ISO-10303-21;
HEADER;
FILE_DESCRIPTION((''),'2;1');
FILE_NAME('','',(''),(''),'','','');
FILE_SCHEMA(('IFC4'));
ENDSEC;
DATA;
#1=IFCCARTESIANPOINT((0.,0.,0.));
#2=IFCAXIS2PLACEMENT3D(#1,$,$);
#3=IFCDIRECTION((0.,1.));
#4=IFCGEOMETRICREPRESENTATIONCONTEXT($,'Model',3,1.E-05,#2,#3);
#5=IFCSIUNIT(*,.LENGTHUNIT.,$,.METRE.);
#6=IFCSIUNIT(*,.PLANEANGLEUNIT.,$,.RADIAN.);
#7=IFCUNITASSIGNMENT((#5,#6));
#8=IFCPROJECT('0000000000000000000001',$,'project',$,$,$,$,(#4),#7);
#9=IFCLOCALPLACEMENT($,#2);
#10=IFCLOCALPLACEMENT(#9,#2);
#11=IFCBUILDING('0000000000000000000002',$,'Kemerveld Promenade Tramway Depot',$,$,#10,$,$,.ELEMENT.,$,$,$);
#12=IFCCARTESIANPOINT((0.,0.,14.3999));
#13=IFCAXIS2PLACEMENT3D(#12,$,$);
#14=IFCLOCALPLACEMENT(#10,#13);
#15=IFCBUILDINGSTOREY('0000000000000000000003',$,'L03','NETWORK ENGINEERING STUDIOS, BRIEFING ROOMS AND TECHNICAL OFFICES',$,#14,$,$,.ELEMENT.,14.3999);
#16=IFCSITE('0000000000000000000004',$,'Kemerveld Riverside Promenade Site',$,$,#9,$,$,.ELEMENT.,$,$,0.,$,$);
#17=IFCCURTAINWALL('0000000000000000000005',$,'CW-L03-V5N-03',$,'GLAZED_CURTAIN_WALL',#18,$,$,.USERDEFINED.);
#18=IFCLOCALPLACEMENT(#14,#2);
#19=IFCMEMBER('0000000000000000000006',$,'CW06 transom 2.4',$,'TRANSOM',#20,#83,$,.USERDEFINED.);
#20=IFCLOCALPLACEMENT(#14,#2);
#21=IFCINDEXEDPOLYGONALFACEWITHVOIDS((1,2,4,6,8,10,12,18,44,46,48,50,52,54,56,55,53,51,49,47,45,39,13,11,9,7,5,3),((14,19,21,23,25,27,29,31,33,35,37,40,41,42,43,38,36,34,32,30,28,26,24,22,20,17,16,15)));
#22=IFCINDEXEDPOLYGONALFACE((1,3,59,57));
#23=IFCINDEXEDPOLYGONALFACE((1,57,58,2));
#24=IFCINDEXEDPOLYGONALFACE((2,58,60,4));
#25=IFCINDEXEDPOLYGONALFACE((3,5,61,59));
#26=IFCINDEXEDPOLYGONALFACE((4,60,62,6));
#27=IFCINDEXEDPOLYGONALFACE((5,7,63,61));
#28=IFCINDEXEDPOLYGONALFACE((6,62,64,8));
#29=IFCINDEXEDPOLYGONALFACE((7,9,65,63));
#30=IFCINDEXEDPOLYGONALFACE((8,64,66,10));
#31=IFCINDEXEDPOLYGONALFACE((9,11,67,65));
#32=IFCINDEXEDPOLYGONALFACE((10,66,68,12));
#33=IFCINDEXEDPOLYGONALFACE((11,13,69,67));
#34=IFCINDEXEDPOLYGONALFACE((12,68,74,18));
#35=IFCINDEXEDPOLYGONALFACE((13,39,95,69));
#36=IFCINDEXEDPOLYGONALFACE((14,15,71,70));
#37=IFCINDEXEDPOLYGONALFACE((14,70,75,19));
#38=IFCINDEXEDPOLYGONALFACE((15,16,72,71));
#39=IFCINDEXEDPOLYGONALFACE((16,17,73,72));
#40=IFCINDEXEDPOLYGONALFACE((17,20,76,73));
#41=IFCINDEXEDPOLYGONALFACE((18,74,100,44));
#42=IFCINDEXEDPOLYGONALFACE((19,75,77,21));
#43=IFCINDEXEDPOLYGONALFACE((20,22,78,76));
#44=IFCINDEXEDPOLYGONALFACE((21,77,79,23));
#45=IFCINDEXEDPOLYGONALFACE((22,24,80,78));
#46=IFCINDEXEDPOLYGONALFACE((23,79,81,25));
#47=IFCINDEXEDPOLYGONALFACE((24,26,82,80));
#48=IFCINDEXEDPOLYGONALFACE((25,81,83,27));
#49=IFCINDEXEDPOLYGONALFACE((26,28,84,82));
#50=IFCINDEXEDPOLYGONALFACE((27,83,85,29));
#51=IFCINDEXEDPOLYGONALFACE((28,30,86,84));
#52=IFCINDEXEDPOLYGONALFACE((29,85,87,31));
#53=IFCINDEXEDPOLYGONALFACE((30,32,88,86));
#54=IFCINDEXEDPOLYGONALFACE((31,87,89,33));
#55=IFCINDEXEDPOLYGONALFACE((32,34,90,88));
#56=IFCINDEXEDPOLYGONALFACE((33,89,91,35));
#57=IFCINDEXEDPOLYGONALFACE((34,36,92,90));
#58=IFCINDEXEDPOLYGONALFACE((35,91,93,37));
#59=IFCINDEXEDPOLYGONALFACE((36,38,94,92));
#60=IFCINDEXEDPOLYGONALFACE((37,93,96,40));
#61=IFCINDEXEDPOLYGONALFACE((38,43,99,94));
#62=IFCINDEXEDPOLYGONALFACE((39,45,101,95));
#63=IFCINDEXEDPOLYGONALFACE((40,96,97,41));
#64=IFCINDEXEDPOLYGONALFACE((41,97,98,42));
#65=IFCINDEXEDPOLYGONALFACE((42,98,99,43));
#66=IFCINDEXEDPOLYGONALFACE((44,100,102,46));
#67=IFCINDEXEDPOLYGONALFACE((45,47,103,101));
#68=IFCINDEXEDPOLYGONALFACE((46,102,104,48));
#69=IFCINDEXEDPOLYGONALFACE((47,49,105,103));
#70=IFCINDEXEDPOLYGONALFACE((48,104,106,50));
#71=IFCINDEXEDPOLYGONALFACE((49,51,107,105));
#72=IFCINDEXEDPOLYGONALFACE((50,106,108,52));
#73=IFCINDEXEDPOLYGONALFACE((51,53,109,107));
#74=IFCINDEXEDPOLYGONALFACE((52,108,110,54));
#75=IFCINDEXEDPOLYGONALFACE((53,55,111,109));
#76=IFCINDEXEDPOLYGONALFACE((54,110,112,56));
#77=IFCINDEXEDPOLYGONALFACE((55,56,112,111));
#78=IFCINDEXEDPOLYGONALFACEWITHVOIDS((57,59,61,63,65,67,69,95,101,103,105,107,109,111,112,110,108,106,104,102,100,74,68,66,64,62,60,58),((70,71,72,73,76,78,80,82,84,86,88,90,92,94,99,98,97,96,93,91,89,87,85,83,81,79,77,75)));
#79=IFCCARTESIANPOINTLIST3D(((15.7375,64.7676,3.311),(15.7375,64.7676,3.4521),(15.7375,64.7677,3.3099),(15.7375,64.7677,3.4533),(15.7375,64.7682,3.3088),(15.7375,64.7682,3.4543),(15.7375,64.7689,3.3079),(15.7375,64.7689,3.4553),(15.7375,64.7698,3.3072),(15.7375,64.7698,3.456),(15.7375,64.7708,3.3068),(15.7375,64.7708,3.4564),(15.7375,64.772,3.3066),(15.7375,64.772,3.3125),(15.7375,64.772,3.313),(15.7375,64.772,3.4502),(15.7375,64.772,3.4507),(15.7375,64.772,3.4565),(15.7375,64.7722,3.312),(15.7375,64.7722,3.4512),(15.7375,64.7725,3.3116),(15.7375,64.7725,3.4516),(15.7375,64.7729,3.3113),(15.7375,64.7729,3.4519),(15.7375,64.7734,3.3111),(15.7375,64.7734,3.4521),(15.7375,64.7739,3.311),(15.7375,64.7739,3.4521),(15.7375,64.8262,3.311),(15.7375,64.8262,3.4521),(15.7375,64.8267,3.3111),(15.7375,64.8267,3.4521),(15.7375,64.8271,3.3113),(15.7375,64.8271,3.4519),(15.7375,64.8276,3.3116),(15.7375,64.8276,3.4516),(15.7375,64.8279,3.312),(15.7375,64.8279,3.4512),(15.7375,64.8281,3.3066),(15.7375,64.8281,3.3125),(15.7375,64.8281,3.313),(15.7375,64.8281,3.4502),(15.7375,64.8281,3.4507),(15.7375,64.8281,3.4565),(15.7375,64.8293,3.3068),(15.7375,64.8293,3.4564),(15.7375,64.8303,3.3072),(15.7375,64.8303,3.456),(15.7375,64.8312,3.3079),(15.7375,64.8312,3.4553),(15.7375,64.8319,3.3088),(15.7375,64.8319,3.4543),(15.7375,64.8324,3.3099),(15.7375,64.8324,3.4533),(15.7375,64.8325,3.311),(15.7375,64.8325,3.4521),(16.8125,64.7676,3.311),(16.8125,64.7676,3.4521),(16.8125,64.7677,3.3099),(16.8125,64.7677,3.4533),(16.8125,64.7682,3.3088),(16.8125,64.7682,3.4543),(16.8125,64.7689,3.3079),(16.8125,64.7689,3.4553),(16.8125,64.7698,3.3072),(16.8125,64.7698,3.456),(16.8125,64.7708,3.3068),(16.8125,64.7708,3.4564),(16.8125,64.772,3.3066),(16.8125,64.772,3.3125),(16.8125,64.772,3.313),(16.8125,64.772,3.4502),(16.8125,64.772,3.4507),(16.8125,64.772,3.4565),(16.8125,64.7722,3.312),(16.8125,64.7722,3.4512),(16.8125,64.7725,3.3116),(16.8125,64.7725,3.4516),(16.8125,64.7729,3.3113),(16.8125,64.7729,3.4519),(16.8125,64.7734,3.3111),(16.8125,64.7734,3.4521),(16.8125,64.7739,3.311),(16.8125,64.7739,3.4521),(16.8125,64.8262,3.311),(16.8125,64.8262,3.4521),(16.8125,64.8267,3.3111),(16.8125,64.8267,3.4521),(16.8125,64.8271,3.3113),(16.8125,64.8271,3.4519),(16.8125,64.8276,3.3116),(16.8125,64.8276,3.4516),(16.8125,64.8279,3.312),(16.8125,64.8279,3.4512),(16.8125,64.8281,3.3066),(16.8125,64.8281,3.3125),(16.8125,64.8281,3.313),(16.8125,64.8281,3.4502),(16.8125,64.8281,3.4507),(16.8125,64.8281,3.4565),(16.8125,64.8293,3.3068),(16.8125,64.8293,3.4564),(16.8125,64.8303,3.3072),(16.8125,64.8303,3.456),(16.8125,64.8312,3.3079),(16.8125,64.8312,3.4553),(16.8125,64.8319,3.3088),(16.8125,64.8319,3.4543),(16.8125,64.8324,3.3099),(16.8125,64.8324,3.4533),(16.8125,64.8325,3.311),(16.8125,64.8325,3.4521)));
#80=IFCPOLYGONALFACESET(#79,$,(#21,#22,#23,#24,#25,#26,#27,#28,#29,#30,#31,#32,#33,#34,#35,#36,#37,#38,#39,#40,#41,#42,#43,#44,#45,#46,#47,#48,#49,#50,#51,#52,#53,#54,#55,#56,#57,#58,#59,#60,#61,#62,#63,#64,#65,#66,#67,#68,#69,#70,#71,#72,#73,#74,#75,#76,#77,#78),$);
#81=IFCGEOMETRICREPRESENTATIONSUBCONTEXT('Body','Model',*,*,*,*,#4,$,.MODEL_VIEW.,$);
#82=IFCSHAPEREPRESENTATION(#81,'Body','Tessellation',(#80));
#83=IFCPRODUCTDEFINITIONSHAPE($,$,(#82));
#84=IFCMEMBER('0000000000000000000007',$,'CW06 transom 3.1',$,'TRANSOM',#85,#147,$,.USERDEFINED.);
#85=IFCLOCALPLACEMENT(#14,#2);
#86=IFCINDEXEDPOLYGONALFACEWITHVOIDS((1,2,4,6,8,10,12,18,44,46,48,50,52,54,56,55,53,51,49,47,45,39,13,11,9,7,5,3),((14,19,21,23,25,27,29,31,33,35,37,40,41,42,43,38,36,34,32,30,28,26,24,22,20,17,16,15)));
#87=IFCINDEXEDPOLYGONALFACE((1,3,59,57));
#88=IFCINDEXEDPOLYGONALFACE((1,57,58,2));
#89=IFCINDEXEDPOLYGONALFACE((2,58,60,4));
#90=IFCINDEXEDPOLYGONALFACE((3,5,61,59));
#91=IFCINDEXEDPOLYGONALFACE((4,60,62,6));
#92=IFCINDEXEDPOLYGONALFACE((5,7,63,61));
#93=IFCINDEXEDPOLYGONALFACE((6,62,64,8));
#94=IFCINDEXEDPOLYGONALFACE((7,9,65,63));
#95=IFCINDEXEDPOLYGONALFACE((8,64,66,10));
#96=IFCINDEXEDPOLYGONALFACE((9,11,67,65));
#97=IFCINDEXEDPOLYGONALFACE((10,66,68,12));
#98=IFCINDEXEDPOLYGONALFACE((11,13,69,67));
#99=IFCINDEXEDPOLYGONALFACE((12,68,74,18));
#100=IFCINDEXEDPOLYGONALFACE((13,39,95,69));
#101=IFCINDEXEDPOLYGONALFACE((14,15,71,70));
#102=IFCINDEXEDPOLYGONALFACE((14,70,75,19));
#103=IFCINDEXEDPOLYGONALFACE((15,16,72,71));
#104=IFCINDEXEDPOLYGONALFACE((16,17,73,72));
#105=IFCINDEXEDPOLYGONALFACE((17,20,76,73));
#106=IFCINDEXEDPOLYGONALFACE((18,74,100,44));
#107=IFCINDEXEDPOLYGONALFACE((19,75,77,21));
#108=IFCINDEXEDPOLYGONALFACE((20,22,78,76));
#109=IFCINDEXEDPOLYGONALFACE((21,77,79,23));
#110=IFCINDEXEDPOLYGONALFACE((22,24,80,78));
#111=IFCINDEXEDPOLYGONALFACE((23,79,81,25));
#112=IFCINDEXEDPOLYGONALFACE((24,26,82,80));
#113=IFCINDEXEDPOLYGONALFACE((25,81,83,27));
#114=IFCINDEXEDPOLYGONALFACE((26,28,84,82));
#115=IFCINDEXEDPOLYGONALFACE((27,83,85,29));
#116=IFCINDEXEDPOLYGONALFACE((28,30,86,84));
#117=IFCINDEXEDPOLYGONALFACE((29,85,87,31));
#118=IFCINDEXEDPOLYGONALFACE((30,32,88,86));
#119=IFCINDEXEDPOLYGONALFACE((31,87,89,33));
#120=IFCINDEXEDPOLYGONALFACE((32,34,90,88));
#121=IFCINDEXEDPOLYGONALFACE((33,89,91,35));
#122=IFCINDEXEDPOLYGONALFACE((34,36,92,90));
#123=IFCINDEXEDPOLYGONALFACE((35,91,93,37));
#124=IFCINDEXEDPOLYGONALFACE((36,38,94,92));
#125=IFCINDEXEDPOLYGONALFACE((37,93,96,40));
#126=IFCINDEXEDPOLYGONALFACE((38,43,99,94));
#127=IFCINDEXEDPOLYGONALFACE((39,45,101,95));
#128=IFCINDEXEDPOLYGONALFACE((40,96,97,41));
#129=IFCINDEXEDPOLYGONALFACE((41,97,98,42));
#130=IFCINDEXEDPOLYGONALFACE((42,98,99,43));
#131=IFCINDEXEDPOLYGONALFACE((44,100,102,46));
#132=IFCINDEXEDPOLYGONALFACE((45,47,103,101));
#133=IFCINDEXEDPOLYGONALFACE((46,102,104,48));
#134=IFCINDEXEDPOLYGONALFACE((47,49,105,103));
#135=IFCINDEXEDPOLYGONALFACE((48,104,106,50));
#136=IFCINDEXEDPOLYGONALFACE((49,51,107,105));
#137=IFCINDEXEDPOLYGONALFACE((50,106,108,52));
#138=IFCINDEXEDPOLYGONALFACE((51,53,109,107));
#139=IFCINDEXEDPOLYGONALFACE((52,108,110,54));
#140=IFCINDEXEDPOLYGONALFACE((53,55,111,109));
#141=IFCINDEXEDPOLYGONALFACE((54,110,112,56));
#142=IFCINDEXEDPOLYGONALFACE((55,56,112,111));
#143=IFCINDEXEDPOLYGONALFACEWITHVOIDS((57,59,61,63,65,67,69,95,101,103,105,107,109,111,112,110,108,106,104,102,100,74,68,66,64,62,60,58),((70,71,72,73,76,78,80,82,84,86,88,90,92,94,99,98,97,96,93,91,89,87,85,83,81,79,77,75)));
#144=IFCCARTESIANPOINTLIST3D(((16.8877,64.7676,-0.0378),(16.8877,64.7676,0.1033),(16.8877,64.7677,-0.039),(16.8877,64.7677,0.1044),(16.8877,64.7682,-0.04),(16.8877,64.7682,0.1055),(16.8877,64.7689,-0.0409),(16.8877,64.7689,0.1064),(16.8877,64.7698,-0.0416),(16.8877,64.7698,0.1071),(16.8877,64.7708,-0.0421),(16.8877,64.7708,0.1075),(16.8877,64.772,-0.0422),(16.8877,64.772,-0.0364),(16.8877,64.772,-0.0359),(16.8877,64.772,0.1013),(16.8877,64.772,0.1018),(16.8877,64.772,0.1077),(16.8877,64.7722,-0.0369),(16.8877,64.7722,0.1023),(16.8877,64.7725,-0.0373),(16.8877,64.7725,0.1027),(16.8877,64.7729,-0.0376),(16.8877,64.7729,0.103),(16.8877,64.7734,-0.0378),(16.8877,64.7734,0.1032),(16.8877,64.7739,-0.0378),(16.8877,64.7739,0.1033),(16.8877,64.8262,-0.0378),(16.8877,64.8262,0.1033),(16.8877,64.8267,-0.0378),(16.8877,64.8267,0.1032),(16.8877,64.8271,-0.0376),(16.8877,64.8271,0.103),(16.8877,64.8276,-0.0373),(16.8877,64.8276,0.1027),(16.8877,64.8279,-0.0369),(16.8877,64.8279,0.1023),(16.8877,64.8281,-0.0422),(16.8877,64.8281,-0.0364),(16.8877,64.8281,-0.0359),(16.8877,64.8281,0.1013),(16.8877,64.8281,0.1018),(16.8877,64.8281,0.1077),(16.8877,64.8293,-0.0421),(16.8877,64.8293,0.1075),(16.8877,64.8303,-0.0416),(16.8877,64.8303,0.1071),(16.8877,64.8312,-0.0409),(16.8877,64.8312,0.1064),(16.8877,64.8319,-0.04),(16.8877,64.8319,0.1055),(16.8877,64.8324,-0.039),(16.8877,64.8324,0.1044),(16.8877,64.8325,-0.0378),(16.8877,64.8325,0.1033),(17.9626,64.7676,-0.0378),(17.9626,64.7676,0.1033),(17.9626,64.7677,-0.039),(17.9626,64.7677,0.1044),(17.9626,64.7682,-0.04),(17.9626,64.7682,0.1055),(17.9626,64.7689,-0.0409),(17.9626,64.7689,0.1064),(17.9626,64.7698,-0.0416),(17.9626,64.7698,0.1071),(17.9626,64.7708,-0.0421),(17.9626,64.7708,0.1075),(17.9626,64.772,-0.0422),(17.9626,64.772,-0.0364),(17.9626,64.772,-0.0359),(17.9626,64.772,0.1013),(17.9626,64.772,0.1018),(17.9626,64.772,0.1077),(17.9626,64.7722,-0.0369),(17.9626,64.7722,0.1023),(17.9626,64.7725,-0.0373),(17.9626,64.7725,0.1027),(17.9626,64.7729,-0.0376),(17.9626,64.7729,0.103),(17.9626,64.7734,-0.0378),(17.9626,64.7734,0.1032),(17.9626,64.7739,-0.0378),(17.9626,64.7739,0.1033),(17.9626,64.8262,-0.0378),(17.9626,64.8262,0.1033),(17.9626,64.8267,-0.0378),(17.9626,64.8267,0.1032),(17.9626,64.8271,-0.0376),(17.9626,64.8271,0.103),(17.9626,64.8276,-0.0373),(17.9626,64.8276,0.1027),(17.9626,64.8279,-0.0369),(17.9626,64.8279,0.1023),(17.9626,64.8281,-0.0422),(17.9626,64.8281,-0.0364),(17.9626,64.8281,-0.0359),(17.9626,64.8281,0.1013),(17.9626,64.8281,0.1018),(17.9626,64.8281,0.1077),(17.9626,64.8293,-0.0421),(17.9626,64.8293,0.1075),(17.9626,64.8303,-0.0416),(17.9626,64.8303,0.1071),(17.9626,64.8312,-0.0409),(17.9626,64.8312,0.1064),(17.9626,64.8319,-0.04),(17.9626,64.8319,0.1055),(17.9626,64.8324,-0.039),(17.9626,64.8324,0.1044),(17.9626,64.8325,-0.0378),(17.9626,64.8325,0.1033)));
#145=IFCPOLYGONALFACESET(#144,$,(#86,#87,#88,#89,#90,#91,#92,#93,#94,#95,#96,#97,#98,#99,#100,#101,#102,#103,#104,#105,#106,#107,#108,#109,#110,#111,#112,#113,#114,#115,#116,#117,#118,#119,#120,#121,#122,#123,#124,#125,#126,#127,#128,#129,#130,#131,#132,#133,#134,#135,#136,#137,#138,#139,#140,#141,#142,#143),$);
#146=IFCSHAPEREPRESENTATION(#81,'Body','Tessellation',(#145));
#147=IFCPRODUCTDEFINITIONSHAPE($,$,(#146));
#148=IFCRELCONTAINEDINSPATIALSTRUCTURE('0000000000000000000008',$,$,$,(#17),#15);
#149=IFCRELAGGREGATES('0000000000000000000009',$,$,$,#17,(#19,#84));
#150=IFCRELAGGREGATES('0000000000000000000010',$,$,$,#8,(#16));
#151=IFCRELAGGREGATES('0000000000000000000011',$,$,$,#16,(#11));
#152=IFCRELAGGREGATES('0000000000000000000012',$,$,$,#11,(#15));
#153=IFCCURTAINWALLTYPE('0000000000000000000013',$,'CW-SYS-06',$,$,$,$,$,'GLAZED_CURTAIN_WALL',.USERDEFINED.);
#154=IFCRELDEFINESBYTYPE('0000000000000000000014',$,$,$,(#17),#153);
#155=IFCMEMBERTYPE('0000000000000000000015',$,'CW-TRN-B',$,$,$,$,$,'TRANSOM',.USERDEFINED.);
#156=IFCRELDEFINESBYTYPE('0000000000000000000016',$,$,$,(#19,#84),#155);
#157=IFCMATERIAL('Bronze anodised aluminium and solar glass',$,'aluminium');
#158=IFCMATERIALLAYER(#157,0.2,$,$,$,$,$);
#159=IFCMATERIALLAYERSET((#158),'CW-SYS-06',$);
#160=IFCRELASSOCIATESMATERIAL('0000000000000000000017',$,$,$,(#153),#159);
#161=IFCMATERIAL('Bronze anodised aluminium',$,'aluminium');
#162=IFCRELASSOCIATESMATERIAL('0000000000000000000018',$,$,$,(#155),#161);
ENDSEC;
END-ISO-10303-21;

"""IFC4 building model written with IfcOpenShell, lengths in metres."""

from ifc_helpers import new_model, si_unit, direction, frame, origin, origin_2d, place, context, subcontext, project, spatial, hollow_rectangle, extrude, material, layer, layer_set, material_profile, profile_set, type_object, element, aggregate, save


model = new_model("IFC4")

# Units and contexts
model_context = context("Model", 3, precision=1e-05, world=origin(), true_north=direction((0.0, 1.0)))
body_context = subcontext(model_context, "Body", "Model", "MODEL_VIEW")
ifc_project = project(units=[si_unit("LENGTHUNIT", "METRE"), si_unit("PLANEANGLEUNIT", "RADIAN")], contexts=[model_context])

# Site, building, storey
site_placement = place(None, origin())
site = spatial("IfcSite", under=ifc_project, at=site_placement, Name="Kemerveld Riverside Promenade Site", CompositionType="ELEMENT", RefElevation=0.0)
building_placement = place(site_placement, origin())
building = spatial("IfcBuilding", under=site, at=building_placement, Name="Kemerveld Promenade Tramway Depot", CompositionType="ELEMENT")
storey_placement = place(building_placement, frame((0.0, 0.0, 14.3999)))
storey = spatial("IfcBuildingStorey", under=building, at=storey_placement, Name="L03", Description="NETWORK ENGINEERING STUDIOS, BRIEFING ROOMS AND TECHNICAL OFFICES", CompositionType="ELEMENT", Elevation=14.3999)

# Curtain wall, members
ifc_material_1 = material(Name="Bronze anodised aluminium and solar glass", Category="aluminium")
ifc_layer_1 = layer(ifc_material_1, 0.2)
ifc_layer_set_1 = layer_set([ifc_layer_1], Name="CW-SYS-06")
curtain_wall_type = type_object("IfcCurtainWallType", Name="CW-SYS-06", ElementType="GLAZED_CURTAIN_WALL", PredefinedType="USERDEFINED", material=ifc_layer_set_1)
curtain_wall_placement = place(storey_placement, origin())
curtain_wall = element("IfcCurtainWall", 1, at=curtain_wall_placement, inside=storey, type_object=curtain_wall_type, Name="CW-L03-V5N-03", ObjectType="GLAZED_CURTAIN_WALL", PredefinedType="USERDEFINED")
ifc_material_2 = material(Name="Bronze anodised aluminium", Category="aluminium")
ifc_material_profile_1 = material_profile(ifc_material_2, hollow_rectangle(XDim=0.0649, YDim=0.1499, WallThickness=0.0044, InnerFilletRadius=0.002, OuterFilletRadius=0.0044, at=origin_2d()), Name="CW-TRN-150x65")
ifc_profile_set_1 = profile_set([ifc_material_profile_1], Name="Bronze anodised aluminium")
member_type_1 = type_object("IfcMemberType", Name="CW-TRN-B", ElementType="TRANSOM", PredefinedType="USERDEFINED", material=ifc_profile_set_1)
member_1_placement = place(storey_placement, frame((15.7375, 64.8, 3.3816), z_axis=(1.0, 0.0, 0.0), x_axis=(0.0, 1.0, 0.0)))
member_1 = element("IfcMember", 2, at=member_1_placement, type_object=member_type_1, Name="CW06 transom 2.4", ObjectType="TRANSOM", PredefinedType="USERDEFINED", context=body_context, shape_type="SweptSolid", body=[
    extrude(hollow_rectangle(XDim=0.0649, YDim=0.1499, WallThickness=0.0044, InnerFilletRadius=0.002, OuterFilletRadius=0.0044, at=origin_2d()), origin(), (0.0, 0.0, 1.0), 1.075),
])
member_2_placement = place(storey_placement, frame((16.8877, 64.8, 0.0327), z_axis=(1.0, 0.0, 0.0), x_axis=(0.0, 1.0, 0.0)))
member_2 = element("IfcMember", 3, at=member_2_placement, type_object=member_type_1, Name="CW06 transom 3.1", ObjectType="TRANSOM", PredefinedType="USERDEFINED", context=body_context, shape_type="SweptSolid", body=[
    extrude(hollow_rectangle(XDim=0.0649, YDim=0.1499, WallThickness=0.0044, InnerFilletRadius=0.002, OuterFilletRadius=0.0044, at=origin_2d()), origin(), (0.0, 0.0, 1.0), 1.075),
])
aggregate(curtain_wall, [member_1, member_2])

save(model, "model.ifc")
